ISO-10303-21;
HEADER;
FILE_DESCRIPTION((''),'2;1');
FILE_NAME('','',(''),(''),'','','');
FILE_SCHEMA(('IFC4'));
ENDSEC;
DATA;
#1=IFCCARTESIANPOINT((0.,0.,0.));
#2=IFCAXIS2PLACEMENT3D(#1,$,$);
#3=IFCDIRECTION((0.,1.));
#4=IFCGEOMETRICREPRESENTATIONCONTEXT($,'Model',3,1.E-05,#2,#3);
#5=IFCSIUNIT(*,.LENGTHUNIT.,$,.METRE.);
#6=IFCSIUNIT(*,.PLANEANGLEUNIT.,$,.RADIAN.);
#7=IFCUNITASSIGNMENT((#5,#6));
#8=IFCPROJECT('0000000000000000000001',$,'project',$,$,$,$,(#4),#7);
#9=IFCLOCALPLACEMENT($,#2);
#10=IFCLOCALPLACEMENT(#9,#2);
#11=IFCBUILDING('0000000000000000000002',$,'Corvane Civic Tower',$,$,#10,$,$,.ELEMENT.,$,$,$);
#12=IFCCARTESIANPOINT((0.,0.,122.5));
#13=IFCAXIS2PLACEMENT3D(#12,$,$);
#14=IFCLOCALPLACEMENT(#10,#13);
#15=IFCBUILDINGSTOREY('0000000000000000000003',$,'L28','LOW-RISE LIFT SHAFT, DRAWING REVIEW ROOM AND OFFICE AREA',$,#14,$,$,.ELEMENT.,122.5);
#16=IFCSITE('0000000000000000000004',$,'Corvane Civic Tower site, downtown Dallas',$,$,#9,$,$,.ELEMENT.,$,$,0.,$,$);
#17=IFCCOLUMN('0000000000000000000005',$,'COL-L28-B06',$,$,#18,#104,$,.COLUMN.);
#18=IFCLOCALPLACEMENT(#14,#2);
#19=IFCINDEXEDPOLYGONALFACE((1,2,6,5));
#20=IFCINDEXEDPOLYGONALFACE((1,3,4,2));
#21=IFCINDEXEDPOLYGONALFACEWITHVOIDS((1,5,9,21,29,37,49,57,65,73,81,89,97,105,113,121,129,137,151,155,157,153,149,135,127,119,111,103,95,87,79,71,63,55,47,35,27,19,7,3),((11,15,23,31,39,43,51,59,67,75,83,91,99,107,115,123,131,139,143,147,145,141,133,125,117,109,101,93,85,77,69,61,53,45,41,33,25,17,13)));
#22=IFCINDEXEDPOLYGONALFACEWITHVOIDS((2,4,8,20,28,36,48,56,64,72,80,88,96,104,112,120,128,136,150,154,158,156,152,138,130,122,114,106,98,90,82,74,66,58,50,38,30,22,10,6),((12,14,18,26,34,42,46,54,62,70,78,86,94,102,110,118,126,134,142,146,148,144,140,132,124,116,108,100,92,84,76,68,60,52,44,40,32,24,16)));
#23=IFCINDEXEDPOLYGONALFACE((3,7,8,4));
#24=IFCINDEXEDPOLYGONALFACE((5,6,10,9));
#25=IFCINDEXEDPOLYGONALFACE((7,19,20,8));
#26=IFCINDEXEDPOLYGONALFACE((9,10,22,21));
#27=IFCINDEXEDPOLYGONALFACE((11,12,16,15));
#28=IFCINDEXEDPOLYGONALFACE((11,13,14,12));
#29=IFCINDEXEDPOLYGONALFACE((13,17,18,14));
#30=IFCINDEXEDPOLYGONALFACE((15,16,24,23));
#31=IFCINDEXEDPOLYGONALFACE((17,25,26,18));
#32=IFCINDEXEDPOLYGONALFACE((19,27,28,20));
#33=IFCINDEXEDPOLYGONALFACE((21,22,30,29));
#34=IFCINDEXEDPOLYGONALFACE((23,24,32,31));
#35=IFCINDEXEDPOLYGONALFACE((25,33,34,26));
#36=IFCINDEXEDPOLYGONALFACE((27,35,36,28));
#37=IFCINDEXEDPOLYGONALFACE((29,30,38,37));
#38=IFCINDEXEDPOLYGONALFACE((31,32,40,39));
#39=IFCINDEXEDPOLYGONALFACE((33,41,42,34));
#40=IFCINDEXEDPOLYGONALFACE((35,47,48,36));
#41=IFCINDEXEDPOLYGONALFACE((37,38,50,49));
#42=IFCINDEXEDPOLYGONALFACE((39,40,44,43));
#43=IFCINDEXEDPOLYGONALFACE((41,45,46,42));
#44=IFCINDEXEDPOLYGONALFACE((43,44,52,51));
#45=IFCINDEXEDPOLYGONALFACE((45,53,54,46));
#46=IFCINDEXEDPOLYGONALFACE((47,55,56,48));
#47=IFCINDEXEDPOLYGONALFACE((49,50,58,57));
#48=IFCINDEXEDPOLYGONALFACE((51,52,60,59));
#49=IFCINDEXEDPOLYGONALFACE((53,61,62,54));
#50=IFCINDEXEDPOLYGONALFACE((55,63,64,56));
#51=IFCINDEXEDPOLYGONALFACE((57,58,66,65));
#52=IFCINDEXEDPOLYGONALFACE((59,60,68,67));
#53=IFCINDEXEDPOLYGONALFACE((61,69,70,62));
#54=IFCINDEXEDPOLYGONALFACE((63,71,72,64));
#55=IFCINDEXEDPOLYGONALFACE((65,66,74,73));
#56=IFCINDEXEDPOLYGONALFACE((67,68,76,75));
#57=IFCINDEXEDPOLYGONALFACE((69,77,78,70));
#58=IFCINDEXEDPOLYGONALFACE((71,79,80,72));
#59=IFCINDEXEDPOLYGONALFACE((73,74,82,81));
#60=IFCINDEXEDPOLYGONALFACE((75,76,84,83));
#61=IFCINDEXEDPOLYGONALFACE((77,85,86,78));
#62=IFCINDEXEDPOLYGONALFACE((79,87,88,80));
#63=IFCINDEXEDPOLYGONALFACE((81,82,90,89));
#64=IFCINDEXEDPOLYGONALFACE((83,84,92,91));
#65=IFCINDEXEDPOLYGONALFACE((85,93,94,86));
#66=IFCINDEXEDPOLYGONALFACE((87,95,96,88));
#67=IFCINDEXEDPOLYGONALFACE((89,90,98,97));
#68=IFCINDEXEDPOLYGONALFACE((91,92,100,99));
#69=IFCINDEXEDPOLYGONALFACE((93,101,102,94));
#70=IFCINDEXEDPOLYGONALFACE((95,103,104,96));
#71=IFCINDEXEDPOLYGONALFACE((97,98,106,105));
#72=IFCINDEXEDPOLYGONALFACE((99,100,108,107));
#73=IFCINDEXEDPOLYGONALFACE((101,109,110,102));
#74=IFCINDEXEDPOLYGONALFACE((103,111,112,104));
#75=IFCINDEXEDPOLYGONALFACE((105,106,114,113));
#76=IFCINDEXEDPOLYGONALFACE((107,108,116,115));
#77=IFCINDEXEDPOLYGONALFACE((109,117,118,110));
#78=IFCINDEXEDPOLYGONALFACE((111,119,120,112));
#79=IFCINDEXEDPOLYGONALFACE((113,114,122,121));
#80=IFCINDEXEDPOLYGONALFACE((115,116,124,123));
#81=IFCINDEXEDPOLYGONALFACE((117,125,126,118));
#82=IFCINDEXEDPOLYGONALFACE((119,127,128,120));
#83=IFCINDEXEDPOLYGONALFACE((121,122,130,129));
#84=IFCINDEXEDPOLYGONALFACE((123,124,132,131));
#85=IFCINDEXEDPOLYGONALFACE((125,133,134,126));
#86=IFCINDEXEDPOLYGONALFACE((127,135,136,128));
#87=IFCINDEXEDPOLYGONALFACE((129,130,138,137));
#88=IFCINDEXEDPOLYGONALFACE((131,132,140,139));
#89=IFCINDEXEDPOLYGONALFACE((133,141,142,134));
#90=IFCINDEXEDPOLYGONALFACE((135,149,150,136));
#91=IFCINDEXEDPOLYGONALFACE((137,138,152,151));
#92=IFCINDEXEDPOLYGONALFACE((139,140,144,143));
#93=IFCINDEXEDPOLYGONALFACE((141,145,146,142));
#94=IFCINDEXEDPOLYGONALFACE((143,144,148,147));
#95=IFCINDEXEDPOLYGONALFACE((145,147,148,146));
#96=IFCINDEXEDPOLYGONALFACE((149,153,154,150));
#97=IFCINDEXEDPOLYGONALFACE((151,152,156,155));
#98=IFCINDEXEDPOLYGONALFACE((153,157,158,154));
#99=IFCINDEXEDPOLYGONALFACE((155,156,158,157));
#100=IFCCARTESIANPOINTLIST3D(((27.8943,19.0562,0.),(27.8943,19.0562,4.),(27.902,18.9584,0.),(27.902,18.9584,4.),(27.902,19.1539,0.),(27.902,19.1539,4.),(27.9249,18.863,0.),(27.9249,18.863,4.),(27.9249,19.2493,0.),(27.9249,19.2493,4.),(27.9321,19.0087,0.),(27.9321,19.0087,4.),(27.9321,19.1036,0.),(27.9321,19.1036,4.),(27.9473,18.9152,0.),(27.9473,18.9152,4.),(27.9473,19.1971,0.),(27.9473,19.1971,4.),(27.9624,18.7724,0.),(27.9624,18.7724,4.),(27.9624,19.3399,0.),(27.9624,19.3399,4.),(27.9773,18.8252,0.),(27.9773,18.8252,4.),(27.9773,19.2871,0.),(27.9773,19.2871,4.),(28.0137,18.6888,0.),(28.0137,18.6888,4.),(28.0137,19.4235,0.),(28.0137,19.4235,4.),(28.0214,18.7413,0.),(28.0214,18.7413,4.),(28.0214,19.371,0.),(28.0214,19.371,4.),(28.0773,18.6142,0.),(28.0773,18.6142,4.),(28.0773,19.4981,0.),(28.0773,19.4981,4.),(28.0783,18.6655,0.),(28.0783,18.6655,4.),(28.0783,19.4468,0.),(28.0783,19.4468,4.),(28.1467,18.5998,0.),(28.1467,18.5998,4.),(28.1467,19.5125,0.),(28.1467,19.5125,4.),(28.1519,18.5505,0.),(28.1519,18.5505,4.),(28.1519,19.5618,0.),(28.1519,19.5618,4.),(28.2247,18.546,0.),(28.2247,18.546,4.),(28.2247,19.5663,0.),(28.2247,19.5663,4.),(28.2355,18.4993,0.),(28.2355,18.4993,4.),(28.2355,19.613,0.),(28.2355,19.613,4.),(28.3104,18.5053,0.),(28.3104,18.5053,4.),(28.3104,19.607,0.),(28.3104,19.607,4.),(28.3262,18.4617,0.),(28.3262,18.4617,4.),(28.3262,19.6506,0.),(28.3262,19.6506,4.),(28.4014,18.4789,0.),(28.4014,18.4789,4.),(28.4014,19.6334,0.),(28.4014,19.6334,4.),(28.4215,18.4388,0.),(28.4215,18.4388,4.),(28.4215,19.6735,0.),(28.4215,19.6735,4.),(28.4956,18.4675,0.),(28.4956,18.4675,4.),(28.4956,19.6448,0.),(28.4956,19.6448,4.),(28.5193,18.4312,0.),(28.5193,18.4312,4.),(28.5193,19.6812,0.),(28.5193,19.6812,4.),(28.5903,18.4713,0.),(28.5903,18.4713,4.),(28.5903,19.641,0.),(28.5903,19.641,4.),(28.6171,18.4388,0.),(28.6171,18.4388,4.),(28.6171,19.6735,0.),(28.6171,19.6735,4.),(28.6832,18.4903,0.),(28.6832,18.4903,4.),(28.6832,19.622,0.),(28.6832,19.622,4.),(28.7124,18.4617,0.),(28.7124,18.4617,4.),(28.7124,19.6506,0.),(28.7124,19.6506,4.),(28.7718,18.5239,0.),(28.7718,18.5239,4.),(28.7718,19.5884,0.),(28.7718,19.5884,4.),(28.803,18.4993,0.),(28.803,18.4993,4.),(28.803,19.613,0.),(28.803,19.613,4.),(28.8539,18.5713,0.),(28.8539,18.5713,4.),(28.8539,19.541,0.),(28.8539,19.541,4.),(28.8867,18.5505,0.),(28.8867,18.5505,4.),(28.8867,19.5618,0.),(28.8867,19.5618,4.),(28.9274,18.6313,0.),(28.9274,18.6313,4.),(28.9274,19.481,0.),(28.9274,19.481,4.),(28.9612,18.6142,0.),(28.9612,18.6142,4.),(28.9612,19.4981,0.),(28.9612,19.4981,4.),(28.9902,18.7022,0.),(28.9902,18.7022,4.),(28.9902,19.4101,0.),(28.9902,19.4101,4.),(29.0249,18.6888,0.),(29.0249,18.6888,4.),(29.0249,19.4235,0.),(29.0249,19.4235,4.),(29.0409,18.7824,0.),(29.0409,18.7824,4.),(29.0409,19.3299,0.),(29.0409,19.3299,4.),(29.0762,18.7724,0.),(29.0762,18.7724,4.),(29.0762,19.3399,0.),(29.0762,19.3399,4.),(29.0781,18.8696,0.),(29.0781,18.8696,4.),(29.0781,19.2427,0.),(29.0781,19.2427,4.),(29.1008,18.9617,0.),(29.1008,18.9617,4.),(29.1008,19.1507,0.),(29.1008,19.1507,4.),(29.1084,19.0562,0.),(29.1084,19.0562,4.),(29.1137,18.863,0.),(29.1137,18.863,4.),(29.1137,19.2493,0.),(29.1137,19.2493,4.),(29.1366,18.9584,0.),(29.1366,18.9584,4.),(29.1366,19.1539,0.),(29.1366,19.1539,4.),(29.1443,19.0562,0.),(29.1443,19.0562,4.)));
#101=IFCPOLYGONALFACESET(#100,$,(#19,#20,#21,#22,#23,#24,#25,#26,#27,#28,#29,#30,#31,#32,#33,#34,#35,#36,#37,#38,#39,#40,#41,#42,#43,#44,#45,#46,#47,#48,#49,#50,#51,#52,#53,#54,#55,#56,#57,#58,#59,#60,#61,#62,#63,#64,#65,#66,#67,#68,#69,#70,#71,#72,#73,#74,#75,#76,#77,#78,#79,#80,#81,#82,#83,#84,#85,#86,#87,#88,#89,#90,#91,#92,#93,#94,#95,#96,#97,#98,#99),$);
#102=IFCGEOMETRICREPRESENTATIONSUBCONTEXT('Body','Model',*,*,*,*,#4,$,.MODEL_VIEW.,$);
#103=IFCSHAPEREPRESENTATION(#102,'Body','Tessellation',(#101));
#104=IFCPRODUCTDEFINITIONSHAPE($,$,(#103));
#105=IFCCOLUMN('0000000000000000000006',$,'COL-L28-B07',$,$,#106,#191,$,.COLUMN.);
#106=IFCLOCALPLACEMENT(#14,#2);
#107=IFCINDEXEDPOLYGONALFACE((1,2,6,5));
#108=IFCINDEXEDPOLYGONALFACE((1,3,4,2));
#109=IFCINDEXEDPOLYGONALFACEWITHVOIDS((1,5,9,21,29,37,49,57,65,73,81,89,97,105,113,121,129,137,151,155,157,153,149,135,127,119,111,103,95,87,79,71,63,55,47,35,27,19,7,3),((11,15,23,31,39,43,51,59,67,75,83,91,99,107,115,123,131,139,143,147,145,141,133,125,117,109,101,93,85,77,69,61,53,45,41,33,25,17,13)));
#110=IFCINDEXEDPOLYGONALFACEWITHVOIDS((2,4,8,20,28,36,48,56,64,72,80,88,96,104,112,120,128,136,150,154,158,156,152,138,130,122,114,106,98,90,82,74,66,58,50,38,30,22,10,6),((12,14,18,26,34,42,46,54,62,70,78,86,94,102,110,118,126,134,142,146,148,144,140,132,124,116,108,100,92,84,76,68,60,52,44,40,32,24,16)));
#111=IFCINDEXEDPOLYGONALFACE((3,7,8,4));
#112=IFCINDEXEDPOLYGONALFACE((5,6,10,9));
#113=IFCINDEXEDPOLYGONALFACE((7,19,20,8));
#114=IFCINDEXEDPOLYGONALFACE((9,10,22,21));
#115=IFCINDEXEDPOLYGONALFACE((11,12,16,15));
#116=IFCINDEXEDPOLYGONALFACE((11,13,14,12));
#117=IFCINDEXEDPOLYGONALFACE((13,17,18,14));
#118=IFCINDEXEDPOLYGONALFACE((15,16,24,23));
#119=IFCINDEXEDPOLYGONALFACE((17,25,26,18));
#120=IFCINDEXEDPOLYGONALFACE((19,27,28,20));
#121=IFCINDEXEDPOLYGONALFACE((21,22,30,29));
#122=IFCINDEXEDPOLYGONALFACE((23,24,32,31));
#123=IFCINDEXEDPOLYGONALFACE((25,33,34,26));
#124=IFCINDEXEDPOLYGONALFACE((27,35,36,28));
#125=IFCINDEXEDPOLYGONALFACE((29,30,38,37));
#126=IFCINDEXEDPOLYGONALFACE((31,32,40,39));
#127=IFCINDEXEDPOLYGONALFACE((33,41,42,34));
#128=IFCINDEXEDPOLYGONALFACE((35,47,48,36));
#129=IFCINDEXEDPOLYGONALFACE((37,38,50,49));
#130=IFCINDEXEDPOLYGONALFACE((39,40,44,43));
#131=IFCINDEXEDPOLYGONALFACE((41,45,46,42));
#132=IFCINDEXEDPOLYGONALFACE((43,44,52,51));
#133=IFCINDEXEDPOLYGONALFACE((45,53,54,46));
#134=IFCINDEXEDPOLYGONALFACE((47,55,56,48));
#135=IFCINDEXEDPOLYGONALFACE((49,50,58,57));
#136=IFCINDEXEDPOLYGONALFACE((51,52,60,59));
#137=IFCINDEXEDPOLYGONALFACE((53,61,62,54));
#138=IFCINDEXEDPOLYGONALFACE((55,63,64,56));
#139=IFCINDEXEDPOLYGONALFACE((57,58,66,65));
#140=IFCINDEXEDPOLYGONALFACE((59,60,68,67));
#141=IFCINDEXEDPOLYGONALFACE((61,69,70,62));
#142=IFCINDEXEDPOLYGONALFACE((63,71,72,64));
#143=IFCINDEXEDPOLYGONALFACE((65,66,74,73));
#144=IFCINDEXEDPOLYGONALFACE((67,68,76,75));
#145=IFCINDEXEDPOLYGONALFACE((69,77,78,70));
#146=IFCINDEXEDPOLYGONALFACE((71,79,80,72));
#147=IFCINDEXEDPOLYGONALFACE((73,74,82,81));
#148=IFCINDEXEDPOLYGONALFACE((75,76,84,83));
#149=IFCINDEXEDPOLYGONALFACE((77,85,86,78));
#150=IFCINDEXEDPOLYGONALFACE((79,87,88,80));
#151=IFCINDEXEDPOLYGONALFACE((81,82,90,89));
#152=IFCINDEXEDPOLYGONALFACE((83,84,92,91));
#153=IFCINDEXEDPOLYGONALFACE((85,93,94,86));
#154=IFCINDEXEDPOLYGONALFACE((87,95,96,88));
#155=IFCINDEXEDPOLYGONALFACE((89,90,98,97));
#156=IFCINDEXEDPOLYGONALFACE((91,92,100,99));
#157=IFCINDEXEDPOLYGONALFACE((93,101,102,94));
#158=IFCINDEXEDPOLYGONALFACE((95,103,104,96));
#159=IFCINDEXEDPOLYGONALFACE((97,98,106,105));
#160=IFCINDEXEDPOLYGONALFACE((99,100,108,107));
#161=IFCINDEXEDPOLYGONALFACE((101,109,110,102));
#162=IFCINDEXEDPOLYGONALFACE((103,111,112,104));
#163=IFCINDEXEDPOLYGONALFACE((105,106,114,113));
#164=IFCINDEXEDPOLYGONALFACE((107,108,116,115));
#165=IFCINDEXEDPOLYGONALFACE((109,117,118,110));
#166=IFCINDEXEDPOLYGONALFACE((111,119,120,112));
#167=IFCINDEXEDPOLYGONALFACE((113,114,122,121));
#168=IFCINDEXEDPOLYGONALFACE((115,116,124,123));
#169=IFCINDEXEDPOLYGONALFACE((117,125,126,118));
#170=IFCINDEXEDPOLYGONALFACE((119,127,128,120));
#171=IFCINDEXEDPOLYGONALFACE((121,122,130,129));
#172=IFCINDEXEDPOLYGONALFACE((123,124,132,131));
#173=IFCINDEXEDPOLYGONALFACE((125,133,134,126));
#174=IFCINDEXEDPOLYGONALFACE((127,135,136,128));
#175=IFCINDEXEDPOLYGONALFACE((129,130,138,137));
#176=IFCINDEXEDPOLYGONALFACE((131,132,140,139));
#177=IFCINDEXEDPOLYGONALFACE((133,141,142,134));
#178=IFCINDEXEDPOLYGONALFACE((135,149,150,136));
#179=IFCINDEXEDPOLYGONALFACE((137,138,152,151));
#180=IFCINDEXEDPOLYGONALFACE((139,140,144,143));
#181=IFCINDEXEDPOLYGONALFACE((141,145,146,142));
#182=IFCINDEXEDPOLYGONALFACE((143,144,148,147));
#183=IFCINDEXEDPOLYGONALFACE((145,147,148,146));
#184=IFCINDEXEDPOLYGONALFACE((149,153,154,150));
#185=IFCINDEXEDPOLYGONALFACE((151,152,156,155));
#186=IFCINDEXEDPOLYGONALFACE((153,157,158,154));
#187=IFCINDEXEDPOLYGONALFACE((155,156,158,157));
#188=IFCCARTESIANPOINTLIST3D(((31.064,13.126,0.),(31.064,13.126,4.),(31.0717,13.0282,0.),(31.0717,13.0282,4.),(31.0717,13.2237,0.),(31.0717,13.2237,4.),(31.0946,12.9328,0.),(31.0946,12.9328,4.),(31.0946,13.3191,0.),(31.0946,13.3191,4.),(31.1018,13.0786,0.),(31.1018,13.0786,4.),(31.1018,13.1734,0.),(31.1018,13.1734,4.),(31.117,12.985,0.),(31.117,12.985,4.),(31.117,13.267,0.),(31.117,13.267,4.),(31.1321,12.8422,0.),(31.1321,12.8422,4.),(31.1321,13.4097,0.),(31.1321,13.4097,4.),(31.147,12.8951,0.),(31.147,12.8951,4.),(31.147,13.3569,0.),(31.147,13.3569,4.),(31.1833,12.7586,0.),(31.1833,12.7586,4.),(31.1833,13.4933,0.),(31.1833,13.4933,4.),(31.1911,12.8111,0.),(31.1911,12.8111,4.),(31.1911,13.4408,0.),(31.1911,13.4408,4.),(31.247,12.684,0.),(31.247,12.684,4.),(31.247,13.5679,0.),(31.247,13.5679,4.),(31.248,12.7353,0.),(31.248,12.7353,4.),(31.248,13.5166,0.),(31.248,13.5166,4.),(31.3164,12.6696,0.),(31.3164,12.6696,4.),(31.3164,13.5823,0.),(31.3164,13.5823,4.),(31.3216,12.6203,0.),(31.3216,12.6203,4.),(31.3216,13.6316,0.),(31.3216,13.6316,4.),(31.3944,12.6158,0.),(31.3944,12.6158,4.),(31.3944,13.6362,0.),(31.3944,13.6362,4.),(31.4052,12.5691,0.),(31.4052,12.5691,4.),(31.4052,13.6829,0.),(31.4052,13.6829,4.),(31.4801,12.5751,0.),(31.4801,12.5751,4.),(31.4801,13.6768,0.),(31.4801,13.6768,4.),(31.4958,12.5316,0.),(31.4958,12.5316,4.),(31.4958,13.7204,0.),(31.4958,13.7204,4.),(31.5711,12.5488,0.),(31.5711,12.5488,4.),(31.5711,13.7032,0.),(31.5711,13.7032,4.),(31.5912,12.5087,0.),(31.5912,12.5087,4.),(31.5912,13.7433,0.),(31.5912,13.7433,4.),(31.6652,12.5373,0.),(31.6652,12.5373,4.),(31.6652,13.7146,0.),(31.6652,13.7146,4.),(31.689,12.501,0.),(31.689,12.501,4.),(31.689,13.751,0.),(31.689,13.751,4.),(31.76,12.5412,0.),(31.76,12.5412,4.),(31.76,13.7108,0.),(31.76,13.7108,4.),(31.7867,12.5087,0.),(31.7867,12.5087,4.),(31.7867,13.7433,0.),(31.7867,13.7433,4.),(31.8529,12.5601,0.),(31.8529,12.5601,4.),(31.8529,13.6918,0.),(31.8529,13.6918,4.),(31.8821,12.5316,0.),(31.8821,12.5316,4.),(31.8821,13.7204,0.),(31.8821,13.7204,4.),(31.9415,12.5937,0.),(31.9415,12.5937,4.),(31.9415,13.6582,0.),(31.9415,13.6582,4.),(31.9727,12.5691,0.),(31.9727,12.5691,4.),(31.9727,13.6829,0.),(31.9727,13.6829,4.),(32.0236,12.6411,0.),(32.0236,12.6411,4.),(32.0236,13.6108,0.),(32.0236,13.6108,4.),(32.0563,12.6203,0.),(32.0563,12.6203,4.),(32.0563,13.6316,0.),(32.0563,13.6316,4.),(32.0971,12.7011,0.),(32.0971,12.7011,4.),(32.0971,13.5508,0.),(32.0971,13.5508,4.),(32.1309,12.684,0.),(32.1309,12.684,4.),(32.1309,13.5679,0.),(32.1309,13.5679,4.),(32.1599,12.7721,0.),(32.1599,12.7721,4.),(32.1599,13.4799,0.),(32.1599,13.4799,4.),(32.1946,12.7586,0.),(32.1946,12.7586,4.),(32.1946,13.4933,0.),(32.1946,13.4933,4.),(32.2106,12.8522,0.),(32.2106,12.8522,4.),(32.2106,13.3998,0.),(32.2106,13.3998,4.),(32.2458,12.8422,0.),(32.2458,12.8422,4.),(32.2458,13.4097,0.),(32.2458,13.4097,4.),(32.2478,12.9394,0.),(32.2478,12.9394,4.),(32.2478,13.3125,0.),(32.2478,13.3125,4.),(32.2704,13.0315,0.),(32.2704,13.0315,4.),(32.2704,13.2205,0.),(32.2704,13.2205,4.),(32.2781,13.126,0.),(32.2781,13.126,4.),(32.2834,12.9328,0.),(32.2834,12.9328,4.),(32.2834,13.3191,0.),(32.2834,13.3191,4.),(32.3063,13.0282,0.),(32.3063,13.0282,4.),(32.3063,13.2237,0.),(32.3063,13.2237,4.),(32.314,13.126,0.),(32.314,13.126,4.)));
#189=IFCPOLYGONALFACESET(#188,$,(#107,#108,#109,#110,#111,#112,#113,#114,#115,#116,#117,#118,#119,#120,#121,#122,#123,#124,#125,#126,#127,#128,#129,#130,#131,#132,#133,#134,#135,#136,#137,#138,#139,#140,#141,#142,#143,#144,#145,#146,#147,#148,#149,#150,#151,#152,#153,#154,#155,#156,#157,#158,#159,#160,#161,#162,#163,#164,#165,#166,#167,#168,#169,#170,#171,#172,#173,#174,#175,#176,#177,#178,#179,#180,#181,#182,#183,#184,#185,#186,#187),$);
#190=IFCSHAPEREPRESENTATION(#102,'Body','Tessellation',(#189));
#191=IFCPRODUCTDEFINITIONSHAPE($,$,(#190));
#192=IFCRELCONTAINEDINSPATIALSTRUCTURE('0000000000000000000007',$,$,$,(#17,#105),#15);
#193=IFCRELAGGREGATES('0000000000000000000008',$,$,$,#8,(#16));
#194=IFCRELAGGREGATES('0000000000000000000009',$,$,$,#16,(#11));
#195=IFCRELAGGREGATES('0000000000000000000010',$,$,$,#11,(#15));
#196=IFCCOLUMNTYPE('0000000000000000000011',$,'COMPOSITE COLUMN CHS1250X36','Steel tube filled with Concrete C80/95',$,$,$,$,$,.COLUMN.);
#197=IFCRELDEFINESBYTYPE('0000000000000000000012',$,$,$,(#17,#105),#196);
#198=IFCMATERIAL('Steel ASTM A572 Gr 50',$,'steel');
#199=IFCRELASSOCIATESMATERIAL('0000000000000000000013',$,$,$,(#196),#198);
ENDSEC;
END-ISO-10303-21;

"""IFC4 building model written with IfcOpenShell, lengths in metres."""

from ifc_helpers import new_model, si_unit, direction, frame, origin, origin_2d, place, context, subcontext, project, spatial, hollow_circle, extrude, material, material_profile, profile_set, type_object, element, save


model = new_model("IFC4")

# Units and contexts
model_context = context("Model", 3, precision=1e-05, world=origin(), true_north=direction((0.0, 1.0)))
body_context = subcontext(model_context, "Body", "Model", "MODEL_VIEW")
ifc_project = project(units=[si_unit("LENGTHUNIT", "METRE"), si_unit("PLANEANGLEUNIT", "RADIAN")], contexts=[model_context])

# Site, building, storey
site_placement = place(None, origin())
site = spatial("IfcSite", under=ifc_project, at=site_placement, Name="Corvane Civic Tower site, downtown Dallas", CompositionType="ELEMENT", RefElevation=0.0)
building_placement = place(site_placement, origin())
building = spatial("IfcBuilding", under=site, at=building_placement, Name="Corvane Civic Tower", CompositionType="ELEMENT")
storey_placement = place(building_placement, frame((0.0, 0.0, 122.5)))
storey = spatial("IfcBuildingStorey", under=building, at=storey_placement, Name="L28", Description="LOW-RISE LIFT SHAFT, DRAWING REVIEW ROOM AND OFFICE AREA", CompositionType="ELEMENT", Elevation=122.5)

# Columns
ifc_material_1 = material(Name="Steel ASTM A572 Gr 50", Category="steel")
ifc_material_profile_1 = material_profile(ifc_material_1, hollow_circle(Radius=0.625, WallThickness=0.0359, at=origin_2d()), Name="CHS1250X36")
ifc_profile_set_1 = profile_set([ifc_material_profile_1], Name="Steel ASTM A572 Gr 50")
column_type = type_object("IfcColumnType", Name="COMPOSITE COLUMN CHS1250X36", Description="Steel tube filled with Concrete C80/95", PredefinedType="COLUMN", material=ifc_profile_set_1)
for number, where, z_axis, x_axis, name in (
    (1, (28.5193, 19.0562, 0.0), (0.0, 0.0, 1.0), (1.0, 0.0, 0.0), "COL-L28-B06"),
    (2, (31.689, 13.126, 0.0), (0.0, 0.0, 1.0), (1.0, 0.0, 0.0), "COL-L28-B07"),
):
    element("IfcColumn", number, at=place(storey_placement, frame(where, z_axis=z_axis, x_axis=x_axis)), inside=storey, type_object=column_type, Name=name, PredefinedType="COLUMN", context=body_context, shape_type="SweptSolid", body=[
        extrude(hollow_circle(Radius=0.625, WallThickness=0.0359, at=origin_2d()), origin(), (0.0, 0.0, 1.0), 4.0),
    ])

save(model, "model.ifc")
